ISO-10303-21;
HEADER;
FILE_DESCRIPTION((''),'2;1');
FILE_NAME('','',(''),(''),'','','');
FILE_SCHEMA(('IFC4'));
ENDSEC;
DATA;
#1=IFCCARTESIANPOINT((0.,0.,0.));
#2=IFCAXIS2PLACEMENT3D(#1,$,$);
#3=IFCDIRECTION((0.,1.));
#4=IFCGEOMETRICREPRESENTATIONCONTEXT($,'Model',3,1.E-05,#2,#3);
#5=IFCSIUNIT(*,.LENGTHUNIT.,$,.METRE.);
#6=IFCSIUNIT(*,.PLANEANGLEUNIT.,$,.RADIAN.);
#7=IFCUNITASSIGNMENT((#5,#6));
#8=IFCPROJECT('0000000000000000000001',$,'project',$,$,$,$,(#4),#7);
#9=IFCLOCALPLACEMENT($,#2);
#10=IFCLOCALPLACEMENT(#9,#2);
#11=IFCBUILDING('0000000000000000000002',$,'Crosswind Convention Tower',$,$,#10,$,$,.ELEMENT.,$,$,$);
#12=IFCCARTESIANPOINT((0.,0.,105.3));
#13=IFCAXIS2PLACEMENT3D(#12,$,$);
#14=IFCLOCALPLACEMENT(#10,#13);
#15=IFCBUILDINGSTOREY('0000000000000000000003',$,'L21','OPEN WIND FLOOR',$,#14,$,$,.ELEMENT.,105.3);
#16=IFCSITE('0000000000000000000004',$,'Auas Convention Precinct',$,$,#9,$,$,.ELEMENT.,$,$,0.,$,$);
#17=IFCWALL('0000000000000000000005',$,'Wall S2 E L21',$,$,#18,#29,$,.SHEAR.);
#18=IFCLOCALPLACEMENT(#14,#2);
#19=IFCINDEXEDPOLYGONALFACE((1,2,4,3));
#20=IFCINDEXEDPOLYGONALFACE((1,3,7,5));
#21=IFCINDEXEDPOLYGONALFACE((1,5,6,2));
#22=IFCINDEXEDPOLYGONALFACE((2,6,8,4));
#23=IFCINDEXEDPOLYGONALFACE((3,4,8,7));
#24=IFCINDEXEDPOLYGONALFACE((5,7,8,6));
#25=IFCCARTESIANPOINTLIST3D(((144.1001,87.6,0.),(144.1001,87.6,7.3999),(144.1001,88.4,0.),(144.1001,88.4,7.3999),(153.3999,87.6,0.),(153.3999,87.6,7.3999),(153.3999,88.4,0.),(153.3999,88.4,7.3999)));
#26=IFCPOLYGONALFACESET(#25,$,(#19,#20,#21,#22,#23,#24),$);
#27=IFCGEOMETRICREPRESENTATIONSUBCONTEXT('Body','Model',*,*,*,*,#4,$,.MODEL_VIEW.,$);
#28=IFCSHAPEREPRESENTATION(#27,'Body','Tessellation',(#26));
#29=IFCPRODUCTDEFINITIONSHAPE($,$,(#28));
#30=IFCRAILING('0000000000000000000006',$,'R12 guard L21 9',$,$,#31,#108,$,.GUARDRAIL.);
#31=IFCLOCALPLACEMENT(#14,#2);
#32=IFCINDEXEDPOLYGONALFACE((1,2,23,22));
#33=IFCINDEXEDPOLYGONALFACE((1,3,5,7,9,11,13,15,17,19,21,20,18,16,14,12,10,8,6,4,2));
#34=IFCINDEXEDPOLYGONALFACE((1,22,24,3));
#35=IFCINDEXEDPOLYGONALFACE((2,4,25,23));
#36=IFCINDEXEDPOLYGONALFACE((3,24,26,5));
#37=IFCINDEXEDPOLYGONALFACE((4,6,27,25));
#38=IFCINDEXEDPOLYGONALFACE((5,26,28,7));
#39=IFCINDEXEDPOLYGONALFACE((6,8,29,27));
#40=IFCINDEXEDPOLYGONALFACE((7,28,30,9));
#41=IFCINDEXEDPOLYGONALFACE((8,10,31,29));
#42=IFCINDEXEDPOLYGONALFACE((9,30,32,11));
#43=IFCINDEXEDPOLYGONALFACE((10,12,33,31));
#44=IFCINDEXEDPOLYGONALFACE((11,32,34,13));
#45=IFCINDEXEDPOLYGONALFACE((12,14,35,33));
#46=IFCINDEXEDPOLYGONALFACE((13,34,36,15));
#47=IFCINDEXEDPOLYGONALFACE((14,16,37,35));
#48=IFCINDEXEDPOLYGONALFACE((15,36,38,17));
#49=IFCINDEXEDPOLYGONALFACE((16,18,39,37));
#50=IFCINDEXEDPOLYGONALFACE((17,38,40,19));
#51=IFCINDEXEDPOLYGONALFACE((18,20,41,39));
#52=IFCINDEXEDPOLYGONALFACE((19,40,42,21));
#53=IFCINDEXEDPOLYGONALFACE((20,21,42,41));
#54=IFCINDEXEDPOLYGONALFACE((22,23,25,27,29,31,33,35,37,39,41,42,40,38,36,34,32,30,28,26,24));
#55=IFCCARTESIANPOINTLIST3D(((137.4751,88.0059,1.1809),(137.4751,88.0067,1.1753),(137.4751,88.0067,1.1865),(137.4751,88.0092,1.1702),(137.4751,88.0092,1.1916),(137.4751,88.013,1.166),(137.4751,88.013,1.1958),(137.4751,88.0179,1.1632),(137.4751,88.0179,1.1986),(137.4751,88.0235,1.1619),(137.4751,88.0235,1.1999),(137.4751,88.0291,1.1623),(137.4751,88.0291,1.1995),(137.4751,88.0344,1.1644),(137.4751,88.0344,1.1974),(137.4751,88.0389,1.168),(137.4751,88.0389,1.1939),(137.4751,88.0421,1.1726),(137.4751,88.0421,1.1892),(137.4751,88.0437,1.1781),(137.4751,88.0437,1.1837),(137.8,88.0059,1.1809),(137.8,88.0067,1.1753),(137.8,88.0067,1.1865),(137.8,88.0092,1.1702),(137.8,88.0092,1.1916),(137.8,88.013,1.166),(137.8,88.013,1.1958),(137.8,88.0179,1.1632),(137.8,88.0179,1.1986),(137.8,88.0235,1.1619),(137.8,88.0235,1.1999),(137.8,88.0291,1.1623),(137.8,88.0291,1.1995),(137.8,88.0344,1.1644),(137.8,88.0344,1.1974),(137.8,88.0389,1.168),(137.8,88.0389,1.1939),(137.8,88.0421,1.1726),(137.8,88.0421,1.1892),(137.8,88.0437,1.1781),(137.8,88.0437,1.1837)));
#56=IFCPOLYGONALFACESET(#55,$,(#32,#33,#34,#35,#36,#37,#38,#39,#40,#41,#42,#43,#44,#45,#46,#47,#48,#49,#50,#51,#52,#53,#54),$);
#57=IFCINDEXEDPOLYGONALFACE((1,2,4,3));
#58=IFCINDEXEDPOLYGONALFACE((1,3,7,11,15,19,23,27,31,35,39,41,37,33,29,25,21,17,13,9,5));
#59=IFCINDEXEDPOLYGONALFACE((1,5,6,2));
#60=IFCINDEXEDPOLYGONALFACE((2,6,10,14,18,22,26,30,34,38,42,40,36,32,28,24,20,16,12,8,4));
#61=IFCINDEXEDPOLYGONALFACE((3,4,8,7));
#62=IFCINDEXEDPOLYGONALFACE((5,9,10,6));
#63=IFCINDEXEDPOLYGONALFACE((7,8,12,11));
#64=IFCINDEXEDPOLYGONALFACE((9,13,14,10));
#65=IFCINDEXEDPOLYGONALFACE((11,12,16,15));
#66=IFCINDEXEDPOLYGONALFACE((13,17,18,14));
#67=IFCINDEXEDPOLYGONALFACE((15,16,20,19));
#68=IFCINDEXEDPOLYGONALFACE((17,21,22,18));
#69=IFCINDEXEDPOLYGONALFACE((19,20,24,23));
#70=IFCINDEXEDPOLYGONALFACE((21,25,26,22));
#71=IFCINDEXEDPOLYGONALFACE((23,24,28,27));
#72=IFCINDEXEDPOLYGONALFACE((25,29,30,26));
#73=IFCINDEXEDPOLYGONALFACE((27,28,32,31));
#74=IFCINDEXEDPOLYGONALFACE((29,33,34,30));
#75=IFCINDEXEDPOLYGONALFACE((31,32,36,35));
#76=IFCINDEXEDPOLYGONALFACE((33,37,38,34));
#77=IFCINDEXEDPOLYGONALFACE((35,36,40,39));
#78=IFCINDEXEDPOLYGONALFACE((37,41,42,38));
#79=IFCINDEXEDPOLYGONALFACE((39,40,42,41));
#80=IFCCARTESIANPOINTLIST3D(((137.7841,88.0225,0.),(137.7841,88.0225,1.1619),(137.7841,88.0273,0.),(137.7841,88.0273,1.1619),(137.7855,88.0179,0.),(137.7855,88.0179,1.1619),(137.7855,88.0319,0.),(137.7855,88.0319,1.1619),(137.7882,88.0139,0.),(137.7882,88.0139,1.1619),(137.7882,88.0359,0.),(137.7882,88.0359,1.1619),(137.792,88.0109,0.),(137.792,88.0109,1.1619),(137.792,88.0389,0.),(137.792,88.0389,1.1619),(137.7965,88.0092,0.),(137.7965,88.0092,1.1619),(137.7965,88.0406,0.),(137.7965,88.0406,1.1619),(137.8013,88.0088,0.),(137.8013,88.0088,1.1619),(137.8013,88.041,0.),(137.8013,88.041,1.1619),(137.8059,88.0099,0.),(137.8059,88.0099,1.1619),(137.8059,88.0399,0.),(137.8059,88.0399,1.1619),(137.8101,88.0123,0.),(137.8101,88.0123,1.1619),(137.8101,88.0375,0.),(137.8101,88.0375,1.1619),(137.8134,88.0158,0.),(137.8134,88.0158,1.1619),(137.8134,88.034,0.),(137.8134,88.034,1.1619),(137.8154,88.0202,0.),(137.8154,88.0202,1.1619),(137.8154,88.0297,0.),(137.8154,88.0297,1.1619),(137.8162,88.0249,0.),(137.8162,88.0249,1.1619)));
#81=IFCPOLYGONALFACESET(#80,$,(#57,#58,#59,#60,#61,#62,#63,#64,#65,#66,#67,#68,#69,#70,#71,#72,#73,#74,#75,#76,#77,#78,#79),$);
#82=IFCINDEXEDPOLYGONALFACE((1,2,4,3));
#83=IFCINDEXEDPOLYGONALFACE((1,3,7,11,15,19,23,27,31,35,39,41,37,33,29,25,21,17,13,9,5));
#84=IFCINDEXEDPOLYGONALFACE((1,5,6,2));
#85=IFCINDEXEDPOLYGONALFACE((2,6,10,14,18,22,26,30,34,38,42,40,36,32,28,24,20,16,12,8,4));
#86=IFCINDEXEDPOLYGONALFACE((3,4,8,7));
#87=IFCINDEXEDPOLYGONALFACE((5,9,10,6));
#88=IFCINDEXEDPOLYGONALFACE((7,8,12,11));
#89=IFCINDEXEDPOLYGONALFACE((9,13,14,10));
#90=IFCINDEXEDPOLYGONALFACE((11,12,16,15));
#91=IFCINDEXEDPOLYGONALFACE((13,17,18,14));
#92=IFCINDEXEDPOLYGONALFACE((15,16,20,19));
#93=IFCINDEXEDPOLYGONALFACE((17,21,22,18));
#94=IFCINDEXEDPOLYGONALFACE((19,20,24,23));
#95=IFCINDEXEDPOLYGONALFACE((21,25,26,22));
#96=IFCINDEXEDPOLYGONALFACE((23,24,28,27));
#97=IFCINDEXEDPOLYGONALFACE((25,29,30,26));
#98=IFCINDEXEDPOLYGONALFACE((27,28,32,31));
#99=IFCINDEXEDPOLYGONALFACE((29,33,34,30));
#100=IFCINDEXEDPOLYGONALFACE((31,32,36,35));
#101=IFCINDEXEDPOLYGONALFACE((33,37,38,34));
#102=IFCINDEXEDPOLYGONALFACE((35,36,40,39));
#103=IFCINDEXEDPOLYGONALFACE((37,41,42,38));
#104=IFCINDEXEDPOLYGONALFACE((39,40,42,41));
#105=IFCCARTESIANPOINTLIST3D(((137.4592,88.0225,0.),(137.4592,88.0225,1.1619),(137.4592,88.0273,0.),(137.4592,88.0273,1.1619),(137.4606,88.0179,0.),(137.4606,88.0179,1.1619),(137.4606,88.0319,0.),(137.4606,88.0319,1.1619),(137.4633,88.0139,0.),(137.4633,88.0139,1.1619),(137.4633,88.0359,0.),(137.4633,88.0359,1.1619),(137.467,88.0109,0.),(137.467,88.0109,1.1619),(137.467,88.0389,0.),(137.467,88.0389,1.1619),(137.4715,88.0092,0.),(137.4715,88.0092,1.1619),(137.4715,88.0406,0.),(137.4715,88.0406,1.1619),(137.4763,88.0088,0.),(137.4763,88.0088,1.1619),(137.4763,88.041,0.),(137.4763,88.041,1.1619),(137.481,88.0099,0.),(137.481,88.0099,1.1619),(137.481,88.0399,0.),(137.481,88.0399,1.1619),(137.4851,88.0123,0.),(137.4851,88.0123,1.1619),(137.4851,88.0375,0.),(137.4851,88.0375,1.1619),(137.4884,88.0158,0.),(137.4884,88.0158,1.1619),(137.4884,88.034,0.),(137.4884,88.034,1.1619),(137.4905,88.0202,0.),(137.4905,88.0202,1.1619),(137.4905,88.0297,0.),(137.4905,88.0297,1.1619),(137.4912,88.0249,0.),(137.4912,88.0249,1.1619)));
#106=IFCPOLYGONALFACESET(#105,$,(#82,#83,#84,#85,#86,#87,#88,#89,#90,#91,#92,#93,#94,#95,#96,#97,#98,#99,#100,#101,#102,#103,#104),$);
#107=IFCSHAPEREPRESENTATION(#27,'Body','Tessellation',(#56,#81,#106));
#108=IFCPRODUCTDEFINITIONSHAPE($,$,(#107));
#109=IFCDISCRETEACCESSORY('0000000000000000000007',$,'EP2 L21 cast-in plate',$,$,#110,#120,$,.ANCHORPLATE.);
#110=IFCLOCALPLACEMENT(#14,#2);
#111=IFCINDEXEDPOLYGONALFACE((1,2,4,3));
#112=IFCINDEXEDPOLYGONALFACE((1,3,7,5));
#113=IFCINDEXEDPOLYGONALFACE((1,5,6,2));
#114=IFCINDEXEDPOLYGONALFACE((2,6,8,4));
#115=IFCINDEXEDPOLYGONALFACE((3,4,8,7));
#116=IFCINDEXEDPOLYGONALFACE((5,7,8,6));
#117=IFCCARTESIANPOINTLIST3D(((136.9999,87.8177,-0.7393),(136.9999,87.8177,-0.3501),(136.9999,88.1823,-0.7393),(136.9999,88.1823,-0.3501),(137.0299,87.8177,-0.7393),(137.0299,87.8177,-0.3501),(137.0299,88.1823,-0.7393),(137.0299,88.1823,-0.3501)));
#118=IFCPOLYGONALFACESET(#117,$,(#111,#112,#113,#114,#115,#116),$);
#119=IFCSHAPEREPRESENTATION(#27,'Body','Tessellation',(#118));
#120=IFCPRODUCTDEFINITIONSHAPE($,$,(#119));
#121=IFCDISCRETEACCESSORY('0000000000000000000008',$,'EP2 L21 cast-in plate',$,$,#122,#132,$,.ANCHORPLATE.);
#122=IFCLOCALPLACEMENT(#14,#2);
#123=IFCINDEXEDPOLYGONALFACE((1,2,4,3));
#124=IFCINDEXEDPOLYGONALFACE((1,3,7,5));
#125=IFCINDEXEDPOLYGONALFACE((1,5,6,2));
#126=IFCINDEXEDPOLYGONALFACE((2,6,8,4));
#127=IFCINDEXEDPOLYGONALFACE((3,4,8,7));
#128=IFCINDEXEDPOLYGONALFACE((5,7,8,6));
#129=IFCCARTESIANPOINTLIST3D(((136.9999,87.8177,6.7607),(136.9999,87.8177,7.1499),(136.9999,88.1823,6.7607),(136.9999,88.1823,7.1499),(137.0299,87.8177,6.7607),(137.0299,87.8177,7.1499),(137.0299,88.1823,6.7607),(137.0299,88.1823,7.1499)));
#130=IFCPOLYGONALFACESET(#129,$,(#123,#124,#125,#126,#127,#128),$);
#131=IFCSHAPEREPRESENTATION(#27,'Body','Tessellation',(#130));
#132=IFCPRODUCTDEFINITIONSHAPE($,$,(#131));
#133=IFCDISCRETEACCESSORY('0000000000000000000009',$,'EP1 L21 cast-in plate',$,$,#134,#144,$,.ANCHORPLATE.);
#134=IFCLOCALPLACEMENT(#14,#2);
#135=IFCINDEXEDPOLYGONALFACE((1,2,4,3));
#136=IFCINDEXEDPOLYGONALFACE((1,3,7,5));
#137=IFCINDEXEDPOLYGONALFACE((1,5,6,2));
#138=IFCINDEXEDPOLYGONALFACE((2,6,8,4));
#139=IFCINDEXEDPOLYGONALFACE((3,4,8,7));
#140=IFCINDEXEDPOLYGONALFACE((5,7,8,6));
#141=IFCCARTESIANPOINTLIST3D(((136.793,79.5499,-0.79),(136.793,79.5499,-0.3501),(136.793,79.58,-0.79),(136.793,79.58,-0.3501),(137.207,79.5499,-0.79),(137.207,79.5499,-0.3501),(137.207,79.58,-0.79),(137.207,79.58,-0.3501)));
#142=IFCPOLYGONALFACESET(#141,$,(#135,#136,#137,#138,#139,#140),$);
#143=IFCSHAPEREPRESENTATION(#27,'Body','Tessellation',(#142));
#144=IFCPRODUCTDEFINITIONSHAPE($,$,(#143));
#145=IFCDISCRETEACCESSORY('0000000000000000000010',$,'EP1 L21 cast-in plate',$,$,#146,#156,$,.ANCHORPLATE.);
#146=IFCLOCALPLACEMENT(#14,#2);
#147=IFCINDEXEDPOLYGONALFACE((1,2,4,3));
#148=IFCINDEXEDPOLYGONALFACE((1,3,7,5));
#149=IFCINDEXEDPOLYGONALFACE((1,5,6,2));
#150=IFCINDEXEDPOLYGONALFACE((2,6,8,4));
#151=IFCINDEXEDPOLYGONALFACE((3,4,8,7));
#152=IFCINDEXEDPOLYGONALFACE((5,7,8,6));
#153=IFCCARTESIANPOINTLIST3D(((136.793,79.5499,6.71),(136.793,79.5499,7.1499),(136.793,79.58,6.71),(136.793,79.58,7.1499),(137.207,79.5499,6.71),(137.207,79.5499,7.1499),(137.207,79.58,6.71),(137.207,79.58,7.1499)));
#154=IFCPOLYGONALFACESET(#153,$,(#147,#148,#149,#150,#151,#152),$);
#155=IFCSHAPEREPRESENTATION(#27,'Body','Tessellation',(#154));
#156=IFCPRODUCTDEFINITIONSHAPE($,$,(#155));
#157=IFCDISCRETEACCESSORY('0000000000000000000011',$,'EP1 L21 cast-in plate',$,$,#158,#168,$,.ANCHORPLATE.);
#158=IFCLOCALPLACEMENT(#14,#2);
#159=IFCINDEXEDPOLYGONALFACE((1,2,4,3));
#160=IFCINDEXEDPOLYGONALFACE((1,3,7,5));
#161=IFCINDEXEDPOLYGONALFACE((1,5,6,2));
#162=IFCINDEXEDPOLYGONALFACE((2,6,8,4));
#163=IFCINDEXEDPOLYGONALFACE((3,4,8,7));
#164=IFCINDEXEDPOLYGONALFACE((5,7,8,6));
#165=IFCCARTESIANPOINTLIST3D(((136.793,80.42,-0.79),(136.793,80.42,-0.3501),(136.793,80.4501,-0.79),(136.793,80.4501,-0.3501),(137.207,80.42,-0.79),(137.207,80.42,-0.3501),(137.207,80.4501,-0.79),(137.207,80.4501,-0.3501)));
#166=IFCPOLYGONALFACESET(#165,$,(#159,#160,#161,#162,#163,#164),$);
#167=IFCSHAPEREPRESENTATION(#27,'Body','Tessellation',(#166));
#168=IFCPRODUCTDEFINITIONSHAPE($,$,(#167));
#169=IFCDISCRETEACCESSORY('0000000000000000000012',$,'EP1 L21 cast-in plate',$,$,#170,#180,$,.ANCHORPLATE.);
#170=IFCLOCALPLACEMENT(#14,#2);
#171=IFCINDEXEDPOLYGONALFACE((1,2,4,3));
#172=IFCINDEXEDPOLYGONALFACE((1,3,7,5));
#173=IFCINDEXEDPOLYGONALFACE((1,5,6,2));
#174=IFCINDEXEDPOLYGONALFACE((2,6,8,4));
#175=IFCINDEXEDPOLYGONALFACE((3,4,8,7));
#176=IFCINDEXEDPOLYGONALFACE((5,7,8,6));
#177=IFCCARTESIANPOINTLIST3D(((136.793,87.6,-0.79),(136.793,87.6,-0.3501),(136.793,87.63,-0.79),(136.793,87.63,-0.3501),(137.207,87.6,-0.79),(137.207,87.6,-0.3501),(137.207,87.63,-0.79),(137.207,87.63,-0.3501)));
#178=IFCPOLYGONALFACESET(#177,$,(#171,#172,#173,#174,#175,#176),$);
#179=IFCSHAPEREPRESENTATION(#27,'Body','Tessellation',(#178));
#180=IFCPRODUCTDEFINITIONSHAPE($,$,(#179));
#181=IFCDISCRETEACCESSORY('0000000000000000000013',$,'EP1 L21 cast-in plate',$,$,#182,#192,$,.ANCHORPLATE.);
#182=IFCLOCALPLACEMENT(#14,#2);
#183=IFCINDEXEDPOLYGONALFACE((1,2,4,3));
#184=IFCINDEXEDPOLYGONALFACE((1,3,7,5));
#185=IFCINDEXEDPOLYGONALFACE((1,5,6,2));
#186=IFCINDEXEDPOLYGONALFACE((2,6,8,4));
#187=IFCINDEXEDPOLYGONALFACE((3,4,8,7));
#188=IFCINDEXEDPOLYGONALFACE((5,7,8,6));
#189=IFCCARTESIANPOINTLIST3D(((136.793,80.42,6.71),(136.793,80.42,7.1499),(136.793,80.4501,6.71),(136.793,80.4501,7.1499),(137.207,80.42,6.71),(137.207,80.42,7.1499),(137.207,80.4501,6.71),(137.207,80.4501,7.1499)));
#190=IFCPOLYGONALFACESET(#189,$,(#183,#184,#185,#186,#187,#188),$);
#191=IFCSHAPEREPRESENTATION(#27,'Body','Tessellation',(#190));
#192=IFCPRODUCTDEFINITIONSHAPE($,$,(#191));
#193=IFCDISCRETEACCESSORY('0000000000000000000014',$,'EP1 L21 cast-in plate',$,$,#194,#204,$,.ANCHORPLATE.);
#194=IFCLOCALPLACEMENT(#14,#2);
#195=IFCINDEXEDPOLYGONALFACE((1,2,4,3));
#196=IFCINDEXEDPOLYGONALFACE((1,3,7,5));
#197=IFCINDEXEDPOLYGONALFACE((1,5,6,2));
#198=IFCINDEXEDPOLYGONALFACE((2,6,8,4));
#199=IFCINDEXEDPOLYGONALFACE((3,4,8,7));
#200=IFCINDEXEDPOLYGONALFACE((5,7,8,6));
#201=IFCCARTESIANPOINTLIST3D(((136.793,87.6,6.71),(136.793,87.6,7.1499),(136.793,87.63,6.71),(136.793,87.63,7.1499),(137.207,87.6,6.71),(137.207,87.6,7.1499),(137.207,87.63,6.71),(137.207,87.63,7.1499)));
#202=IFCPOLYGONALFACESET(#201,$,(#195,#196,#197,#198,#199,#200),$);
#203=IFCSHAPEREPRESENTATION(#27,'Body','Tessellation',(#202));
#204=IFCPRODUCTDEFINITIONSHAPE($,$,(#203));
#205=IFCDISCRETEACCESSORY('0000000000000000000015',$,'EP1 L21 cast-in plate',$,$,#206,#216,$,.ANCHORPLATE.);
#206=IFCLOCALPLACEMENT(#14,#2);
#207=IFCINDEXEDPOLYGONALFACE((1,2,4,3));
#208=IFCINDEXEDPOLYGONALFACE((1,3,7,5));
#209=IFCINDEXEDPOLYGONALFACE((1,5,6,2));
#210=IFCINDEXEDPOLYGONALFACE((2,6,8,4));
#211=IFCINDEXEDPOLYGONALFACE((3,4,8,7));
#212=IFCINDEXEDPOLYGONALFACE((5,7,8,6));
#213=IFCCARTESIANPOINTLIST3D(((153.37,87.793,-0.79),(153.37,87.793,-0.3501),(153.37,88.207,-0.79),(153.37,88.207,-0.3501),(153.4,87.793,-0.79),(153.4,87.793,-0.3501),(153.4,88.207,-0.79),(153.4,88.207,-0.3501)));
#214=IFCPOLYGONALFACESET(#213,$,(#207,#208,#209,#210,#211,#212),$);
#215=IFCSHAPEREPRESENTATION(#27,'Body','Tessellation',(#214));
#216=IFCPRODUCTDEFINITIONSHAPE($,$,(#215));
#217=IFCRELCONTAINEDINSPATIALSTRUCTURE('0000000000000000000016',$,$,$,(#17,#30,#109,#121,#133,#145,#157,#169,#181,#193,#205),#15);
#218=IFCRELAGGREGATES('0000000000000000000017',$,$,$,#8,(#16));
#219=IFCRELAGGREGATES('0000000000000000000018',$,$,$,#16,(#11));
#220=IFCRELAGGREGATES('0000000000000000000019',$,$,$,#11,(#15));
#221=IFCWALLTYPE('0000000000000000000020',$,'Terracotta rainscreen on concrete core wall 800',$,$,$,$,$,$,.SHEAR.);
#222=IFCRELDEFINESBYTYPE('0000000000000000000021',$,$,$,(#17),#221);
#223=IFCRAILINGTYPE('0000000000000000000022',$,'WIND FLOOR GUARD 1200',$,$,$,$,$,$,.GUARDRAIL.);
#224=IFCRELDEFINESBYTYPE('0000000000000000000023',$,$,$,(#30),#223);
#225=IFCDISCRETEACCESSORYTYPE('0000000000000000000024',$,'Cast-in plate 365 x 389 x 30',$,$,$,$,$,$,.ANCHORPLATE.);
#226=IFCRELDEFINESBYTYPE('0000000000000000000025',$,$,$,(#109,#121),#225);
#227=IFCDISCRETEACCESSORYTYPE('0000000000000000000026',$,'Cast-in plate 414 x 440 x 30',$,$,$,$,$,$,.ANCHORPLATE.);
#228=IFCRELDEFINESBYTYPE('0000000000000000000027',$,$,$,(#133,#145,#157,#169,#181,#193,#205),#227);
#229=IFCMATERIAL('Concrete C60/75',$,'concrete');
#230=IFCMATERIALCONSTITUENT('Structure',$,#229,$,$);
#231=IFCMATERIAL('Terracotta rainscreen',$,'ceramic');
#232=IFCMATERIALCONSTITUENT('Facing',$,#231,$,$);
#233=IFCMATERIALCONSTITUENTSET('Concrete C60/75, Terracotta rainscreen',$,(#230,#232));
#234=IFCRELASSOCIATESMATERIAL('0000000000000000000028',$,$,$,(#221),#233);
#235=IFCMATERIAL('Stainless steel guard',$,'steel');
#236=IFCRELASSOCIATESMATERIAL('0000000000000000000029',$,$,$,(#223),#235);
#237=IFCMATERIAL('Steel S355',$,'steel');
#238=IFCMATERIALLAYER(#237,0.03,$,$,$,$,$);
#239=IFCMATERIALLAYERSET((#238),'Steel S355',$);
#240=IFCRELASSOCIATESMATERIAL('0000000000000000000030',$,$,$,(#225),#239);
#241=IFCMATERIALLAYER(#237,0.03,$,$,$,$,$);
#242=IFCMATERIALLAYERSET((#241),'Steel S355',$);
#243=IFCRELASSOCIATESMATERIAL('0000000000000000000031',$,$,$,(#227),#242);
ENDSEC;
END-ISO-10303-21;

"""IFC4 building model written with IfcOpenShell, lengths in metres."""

from ifc_helpers import new_model, si_unit, direction, frame, frame_2d, origin, origin_2d, place, context, subcontext, project, spatial, rectangle, circle, extrude, material, layer, layer_set, constituent, constituent_set, type_object, element, save


model = new_model("IFC4")

# Units and contexts
model_context = context("Model", 3, precision=1e-05, world=origin(), true_north=direction((0.0, 1.0)))
body_context = subcontext(model_context, "Body", "Model", "MODEL_VIEW")
ifc_project = project(units=[si_unit("LENGTHUNIT", "METRE"), si_unit("PLANEANGLEUNIT", "RADIAN")], contexts=[model_context])

# Site, building, storey
site_placement = place(None, origin())
site = spatial("IfcSite", under=ifc_project, at=site_placement, Name="Auas Convention Precinct", CompositionType="ELEMENT", RefElevation=0.0)
building_placement = place(site_placement, origin())
building = spatial("IfcBuilding", under=site, at=building_placement, Name="Crosswind Convention Tower", CompositionType="ELEMENT")
storey_placement = place(building_placement, frame((0.0, 0.0, 105.3)))
storey = spatial("IfcBuildingStorey", under=building, at=storey_placement, Name="L21", Description="OPEN WIND FLOOR", CompositionType="ELEMENT", Elevation=105.3)

# Shared definitions
ifc_material_1 = material(Name="Concrete C60/75", Category="concrete")

# Shared definitions
ifc_material_2 = material(Name="Steel S355", Category="steel")

# Wall
ifc_constituent_1 = constituent(ifc_material_1, Name="Structure")
ifc_material_3 = material(Name="Terracotta rainscreen", Category="ceramic")
ifc_constituent_2 = constituent(ifc_material_3, Name="Facing")
ifc_constituent_set = constituent_set(constituents=[ifc_constituent_1, ifc_constituent_2], Name="Concrete C60/75, Terracotta rainscreen")
wall_type = type_object("IfcWallType", Name="Terracotta rainscreen on concrete core wall 800", PredefinedType="SHEAR", material=ifc_constituent_set)
wall_1_placement = place(storey_placement, frame((144.1001, 88.0, 0.0), z_axis=(0.0, 0.0, 1.0), x_axis=(1.0, 0.0, 0.0)))
element("IfcWall", 1, at=wall_1_placement, inside=storey, type_object=wall_type, Name="Wall S2 E L21", PredefinedType="SHEAR", context=body_context, shape_type="SweptSolid", body=[
    extrude(rectangle(XDim=9.2998, YDim=0.8, at=frame_2d((4.6499, 0.0))), origin(), (0.0, 0.0, 1.0), 7.3999),
])

# Railing
ifc_material_4 = material(Name="Stainless steel guard", Category="steel")
railing_type = type_object("IfcRailingType", Name="WIND FLOOR GUARD 1200", PredefinedType="GUARDRAIL", material=ifc_material_4)
railing_1_placement = place(storey_placement, frame((137.8, 88.0249, 0.0)))
element("IfcRailing", 2, at=railing_1_placement, inside=storey, type_object=railing_type, Name="R12 guard L21 9", PredefinedType="GUARDRAIL", context=body_context, shape_type="SweptSolid", body=[
    extrude(circle(Radius=0.019, at=origin_2d()), frame((0.0, 0.0, 1.1809), z_axis=(-1.0, 0.0, 0.0), x_axis=(0.0, -1.0, 0.0)), (0.0, 0.0, 1.0), 0.325),
    extrude(circle(Radius=0.0161, at=origin_2d()), origin(), (0.0, 0.0, 1.0), 1.1619),
    extrude(circle(Radius=0.0161, at=origin_2d()), frame((-0.325, 0.0, 0.0)), (0.0, 0.0, 1.0), 1.1619),
])

# Discrete accessories
ifc_layer_1 = layer(ifc_material_2, 0.03)
ifc_layer_set_1 = layer_set([ifc_layer_1], Name="Steel S355")
discrete_accessory_type_1 = type_object("IfcDiscreteAccessoryType", Name="Cast-in plate 365 x 389 x 30", PredefinedType="ANCHORPLATE", material=ifc_layer_set_1)
for number, where, z_axis, x_axis, name in (
    (3, (137.0149, 88.0, -0.7393), (0.0, 0.0, 1.0), (1.0, 0.0, 0.0), "EP2 L21 cast-in plate"),
    (4, (137.0149, 88.0, 6.7607), (0.0, 0.0, 1.0), (1.0, 0.0, 0.0), "EP2 L21 cast-in plate"),
):
    element("IfcDiscreteAccessory", number, at=place(storey_placement, frame(where, z_axis=z_axis, x_axis=x_axis)), inside=storey, type_object=discrete_accessory_type_1, Name=name, PredefinedType="ANCHORPLATE", context=body_context, shape_type="SweptSolid", body=[
        extrude(rectangle(XDim=0.03, YDim=0.3645, at=origin_2d()), origin(), (0.0, 0.0, 1.0), 0.3892),
    ])
ifc_layer_2 = layer(ifc_material_2, 0.03)
ifc_layer_set_2 = layer_set([ifc_layer_2], Name="Steel S355")
discrete_accessory_type_2 = type_object("IfcDiscreteAccessoryType", Name="Cast-in plate 414 x 440 x 30", PredefinedType="ANCHORPLATE", material=ifc_layer_set_2)
for number, where, z_axis, x_axis, name in (
    (5, (137.0, 79.5649, -0.79), (0.0, 0.0, 1.0), (1.0, 0.0, 0.0), "EP1 L21 cast-in plate"),
    (6, (137.0, 79.5649, 6.71), (0.0, 0.0, 1.0), (1.0, 0.0, 0.0), "EP1 L21 cast-in plate"),
    (7, (137.0, 80.4351, -0.79), (0.0, 0.0, 1.0), (1.0, 0.0, 0.0), "EP1 L21 cast-in plate"),
    (8, (137.0, 87.615, -0.79), (0.0, 0.0, 1.0), (1.0, 0.0, 0.0), "EP1 L21 cast-in plate"),
    (9, (137.0, 80.4351, 6.71), (0.0, 0.0, 1.0), (1.0, 0.0, 0.0), "EP1 L21 cast-in plate"),
    (10, (137.0, 87.615, 6.71), (0.0, 0.0, 1.0), (1.0, 0.0, 0.0), "EP1 L21 cast-in plate"),
):
    element("IfcDiscreteAccessory", number, at=place(storey_placement, frame(where, z_axis=z_axis, x_axis=x_axis)), inside=storey, type_object=discrete_accessory_type_2, Name=name, PredefinedType="ANCHORPLATE", context=body_context, shape_type="SweptSolid", body=[
        extrude(rectangle(XDim=0.4141, YDim=0.03, at=origin_2d()), origin(), (0.0, 0.0, 1.0), 0.4399),
    ])
for number, where, z_axis, x_axis, name in (
    (11, (153.385, 88.0, -0.79), (0.0, 0.0, 1.0), (1.0, 0.0, 0.0), "EP1 L21 cast-in plate"),
):
    element("IfcDiscreteAccessory", number, at=place(storey_placement, frame(where, z_axis=z_axis, x_axis=x_axis)), inside=storey, type_object=discrete_accessory_type_2, Name=name, PredefinedType="ANCHORPLATE", context=body_context, shape_type="SweptSolid", body=[
        extrude(rectangle(XDim=0.03, YDim=0.4141, at=origin_2d()), origin(), (0.0, 0.0, 1.0), 0.4399),
    ])

save(model, "model.ifc")
